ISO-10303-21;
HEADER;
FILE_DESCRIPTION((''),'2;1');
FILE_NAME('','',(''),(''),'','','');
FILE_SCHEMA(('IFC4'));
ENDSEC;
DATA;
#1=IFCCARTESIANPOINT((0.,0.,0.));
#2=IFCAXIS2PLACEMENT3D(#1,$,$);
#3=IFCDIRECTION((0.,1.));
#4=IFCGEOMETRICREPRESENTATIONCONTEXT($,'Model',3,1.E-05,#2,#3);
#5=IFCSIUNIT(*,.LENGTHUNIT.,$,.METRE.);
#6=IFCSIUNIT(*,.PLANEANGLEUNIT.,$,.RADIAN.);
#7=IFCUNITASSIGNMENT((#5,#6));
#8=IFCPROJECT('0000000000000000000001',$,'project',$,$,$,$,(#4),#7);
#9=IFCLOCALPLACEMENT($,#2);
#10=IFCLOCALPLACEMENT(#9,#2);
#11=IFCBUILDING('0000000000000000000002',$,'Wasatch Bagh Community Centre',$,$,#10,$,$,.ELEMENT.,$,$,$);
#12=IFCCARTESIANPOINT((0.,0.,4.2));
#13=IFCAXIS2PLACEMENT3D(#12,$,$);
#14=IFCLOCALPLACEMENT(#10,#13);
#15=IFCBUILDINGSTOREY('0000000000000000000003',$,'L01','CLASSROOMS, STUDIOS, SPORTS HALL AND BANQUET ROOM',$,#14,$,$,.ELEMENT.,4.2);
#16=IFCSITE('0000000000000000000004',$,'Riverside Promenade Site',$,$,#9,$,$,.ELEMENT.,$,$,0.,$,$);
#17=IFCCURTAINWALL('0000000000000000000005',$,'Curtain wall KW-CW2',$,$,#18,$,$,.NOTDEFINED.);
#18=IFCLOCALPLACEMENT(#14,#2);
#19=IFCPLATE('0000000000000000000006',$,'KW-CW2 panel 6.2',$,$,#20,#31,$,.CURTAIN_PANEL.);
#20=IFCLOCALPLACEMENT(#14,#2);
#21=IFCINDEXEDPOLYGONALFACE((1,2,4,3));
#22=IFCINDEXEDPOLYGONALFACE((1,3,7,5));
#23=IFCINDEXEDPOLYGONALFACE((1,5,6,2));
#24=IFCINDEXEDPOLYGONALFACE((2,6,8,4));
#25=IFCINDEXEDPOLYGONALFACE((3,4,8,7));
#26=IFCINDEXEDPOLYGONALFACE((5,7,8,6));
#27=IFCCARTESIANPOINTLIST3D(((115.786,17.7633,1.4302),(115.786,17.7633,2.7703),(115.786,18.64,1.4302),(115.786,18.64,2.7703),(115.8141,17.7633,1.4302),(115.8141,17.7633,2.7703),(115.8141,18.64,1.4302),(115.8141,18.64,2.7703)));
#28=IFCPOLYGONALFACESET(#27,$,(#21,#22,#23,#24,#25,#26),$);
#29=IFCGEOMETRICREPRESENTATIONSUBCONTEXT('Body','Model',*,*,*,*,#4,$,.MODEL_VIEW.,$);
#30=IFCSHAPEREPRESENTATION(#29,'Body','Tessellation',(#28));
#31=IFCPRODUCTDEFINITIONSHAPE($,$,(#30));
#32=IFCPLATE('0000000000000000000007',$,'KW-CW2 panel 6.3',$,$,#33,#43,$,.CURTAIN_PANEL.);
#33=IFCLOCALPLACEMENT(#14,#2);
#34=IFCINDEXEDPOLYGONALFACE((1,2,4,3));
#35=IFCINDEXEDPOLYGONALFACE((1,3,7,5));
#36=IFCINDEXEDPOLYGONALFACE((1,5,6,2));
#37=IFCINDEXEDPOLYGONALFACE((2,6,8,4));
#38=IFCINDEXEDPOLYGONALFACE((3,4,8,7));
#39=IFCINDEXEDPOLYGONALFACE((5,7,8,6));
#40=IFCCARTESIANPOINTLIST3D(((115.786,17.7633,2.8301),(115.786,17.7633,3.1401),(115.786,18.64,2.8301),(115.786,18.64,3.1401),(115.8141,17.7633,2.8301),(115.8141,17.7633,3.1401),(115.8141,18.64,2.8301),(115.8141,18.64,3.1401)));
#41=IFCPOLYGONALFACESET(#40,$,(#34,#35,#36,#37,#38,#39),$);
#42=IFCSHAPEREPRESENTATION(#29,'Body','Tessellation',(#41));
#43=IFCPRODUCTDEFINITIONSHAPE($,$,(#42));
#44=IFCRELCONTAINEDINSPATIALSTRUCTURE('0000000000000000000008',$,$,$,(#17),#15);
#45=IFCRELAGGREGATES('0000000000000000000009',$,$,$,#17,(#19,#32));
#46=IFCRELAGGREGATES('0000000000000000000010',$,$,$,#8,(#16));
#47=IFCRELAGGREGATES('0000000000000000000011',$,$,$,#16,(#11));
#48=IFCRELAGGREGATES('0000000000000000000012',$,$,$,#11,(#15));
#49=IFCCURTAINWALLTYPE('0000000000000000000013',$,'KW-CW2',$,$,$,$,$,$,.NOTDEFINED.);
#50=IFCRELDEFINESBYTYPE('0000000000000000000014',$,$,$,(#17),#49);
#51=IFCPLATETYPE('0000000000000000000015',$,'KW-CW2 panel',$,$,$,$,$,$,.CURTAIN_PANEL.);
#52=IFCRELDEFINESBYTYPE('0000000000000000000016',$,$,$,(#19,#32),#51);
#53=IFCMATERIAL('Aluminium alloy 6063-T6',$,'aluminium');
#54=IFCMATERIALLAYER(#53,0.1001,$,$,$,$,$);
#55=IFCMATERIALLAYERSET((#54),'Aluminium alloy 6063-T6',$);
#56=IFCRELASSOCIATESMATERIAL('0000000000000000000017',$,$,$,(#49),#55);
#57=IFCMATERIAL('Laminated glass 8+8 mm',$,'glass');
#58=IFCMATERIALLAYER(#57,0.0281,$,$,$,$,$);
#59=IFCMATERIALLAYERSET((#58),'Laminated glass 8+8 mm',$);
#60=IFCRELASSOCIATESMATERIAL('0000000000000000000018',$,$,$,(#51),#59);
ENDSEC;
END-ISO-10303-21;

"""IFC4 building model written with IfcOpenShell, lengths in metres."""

from ifc_helpers import new_model, si_unit, direction, frame, origin, origin_2d, place, context, subcontext, project, spatial, rectangle, extrude, material, layer, layer_set, type_object, element, aggregate, save


model = new_model("IFC4")

# Units and contexts
model_context = context("Model", 3, precision=1e-05, world=origin(), true_north=direction((0.0, 1.0)))
body_context = subcontext(model_context, "Body", "Model", "MODEL_VIEW")
ifc_project = project(units=[si_unit("LENGTHUNIT", "METRE"), si_unit("PLANEANGLEUNIT", "RADIAN")], contexts=[model_context])

# Site, building, storey
site_placement = place(None, origin())
site = spatial("IfcSite", under=ifc_project, at=site_placement, Name="Riverside Promenade Site", CompositionType="ELEMENT", RefElevation=0.0)
building_placement = place(site_placement, origin())
building = spatial("IfcBuilding", under=site, at=building_placement, Name="Wasatch Bagh Community Centre", CompositionType="ELEMENT")
storey_placement = place(building_placement, frame((0.0, 0.0, 4.2)))
storey = spatial("IfcBuildingStorey", under=building, at=storey_placement, Name="L01", Description="CLASSROOMS, STUDIOS, SPORTS HALL AND BANQUET ROOM", CompositionType="ELEMENT", Elevation=4.2)

# Curtain wall
ifc_material_1 = material(Name="Aluminium alloy 6063-T6", Category="aluminium")
ifc_layer_1 = layer(ifc_material_1, 0.1001)
ifc_layer_set_1 = layer_set([ifc_layer_1], Name="Aluminium alloy 6063-T6")
curtain_wall_type = type_object("IfcCurtainWallType", Name="KW-CW2", PredefinedType="NOTDEFINED", material=ifc_layer_set_1)
curtain_wall_1_placement = place(storey_placement, origin())
curtain_wall_1 = element("IfcCurtainWall", 1, at=curtain_wall_1_placement, inside=storey, type_object=curtain_wall_type, Name="Curtain wall KW-CW2", PredefinedType="NOTDEFINED")

# Plates
ifc_material_2 = material(Name="Laminated glass 8+8 mm", Category="glass")
ifc_layer_2 = layer(ifc_material_2, 0.0281)
ifc_layer_set_2 = layer_set([ifc_layer_2], Name="Laminated glass 8+8 mm")
plate_type = type_object("IfcPlateType", Name="KW-CW2 panel", PredefinedType="CURTAIN_PANEL", material=ifc_layer_set_2)
plate_1_placement = place(storey_placement, frame((115.8, 18.2017, 1.4302), z_axis=(0.0, 0.0, 1.0), x_axis=(0.0, 1.0, 0.0)))
plate_1 = element("IfcPlate", 2, at=plate_1_placement, type_object=plate_type, Name="KW-CW2 panel 6.2", PredefinedType="CURTAIN_PANEL", context=body_context, shape_type="SweptSolid", body=[
    extrude(rectangle(XDim=0.8767, YDim=0.0281, at=origin_2d()), origin(), (0.0, 0.0, 1.0), 1.3401),
])
plate_2_placement = place(storey_placement, frame((115.8, 18.2017, 2.8301), z_axis=(0.0, 0.0, 1.0), x_axis=(0.0, 1.0, 0.0)))
plate_2 = element("IfcPlate", 3, at=plate_2_placement, type_object=plate_type, Name="KW-CW2 panel 6.3", PredefinedType="CURTAIN_PANEL", context=body_context, shape_type="SweptSolid", body=[
    extrude(rectangle(XDim=0.8767, YDim=0.0281, at=origin_2d()), origin(), (0.0, 0.0, 1.0), 0.3101),
])
aggregate(curtain_wall_1, [plate_1, plate_2])

save(model, "model.ifc")
